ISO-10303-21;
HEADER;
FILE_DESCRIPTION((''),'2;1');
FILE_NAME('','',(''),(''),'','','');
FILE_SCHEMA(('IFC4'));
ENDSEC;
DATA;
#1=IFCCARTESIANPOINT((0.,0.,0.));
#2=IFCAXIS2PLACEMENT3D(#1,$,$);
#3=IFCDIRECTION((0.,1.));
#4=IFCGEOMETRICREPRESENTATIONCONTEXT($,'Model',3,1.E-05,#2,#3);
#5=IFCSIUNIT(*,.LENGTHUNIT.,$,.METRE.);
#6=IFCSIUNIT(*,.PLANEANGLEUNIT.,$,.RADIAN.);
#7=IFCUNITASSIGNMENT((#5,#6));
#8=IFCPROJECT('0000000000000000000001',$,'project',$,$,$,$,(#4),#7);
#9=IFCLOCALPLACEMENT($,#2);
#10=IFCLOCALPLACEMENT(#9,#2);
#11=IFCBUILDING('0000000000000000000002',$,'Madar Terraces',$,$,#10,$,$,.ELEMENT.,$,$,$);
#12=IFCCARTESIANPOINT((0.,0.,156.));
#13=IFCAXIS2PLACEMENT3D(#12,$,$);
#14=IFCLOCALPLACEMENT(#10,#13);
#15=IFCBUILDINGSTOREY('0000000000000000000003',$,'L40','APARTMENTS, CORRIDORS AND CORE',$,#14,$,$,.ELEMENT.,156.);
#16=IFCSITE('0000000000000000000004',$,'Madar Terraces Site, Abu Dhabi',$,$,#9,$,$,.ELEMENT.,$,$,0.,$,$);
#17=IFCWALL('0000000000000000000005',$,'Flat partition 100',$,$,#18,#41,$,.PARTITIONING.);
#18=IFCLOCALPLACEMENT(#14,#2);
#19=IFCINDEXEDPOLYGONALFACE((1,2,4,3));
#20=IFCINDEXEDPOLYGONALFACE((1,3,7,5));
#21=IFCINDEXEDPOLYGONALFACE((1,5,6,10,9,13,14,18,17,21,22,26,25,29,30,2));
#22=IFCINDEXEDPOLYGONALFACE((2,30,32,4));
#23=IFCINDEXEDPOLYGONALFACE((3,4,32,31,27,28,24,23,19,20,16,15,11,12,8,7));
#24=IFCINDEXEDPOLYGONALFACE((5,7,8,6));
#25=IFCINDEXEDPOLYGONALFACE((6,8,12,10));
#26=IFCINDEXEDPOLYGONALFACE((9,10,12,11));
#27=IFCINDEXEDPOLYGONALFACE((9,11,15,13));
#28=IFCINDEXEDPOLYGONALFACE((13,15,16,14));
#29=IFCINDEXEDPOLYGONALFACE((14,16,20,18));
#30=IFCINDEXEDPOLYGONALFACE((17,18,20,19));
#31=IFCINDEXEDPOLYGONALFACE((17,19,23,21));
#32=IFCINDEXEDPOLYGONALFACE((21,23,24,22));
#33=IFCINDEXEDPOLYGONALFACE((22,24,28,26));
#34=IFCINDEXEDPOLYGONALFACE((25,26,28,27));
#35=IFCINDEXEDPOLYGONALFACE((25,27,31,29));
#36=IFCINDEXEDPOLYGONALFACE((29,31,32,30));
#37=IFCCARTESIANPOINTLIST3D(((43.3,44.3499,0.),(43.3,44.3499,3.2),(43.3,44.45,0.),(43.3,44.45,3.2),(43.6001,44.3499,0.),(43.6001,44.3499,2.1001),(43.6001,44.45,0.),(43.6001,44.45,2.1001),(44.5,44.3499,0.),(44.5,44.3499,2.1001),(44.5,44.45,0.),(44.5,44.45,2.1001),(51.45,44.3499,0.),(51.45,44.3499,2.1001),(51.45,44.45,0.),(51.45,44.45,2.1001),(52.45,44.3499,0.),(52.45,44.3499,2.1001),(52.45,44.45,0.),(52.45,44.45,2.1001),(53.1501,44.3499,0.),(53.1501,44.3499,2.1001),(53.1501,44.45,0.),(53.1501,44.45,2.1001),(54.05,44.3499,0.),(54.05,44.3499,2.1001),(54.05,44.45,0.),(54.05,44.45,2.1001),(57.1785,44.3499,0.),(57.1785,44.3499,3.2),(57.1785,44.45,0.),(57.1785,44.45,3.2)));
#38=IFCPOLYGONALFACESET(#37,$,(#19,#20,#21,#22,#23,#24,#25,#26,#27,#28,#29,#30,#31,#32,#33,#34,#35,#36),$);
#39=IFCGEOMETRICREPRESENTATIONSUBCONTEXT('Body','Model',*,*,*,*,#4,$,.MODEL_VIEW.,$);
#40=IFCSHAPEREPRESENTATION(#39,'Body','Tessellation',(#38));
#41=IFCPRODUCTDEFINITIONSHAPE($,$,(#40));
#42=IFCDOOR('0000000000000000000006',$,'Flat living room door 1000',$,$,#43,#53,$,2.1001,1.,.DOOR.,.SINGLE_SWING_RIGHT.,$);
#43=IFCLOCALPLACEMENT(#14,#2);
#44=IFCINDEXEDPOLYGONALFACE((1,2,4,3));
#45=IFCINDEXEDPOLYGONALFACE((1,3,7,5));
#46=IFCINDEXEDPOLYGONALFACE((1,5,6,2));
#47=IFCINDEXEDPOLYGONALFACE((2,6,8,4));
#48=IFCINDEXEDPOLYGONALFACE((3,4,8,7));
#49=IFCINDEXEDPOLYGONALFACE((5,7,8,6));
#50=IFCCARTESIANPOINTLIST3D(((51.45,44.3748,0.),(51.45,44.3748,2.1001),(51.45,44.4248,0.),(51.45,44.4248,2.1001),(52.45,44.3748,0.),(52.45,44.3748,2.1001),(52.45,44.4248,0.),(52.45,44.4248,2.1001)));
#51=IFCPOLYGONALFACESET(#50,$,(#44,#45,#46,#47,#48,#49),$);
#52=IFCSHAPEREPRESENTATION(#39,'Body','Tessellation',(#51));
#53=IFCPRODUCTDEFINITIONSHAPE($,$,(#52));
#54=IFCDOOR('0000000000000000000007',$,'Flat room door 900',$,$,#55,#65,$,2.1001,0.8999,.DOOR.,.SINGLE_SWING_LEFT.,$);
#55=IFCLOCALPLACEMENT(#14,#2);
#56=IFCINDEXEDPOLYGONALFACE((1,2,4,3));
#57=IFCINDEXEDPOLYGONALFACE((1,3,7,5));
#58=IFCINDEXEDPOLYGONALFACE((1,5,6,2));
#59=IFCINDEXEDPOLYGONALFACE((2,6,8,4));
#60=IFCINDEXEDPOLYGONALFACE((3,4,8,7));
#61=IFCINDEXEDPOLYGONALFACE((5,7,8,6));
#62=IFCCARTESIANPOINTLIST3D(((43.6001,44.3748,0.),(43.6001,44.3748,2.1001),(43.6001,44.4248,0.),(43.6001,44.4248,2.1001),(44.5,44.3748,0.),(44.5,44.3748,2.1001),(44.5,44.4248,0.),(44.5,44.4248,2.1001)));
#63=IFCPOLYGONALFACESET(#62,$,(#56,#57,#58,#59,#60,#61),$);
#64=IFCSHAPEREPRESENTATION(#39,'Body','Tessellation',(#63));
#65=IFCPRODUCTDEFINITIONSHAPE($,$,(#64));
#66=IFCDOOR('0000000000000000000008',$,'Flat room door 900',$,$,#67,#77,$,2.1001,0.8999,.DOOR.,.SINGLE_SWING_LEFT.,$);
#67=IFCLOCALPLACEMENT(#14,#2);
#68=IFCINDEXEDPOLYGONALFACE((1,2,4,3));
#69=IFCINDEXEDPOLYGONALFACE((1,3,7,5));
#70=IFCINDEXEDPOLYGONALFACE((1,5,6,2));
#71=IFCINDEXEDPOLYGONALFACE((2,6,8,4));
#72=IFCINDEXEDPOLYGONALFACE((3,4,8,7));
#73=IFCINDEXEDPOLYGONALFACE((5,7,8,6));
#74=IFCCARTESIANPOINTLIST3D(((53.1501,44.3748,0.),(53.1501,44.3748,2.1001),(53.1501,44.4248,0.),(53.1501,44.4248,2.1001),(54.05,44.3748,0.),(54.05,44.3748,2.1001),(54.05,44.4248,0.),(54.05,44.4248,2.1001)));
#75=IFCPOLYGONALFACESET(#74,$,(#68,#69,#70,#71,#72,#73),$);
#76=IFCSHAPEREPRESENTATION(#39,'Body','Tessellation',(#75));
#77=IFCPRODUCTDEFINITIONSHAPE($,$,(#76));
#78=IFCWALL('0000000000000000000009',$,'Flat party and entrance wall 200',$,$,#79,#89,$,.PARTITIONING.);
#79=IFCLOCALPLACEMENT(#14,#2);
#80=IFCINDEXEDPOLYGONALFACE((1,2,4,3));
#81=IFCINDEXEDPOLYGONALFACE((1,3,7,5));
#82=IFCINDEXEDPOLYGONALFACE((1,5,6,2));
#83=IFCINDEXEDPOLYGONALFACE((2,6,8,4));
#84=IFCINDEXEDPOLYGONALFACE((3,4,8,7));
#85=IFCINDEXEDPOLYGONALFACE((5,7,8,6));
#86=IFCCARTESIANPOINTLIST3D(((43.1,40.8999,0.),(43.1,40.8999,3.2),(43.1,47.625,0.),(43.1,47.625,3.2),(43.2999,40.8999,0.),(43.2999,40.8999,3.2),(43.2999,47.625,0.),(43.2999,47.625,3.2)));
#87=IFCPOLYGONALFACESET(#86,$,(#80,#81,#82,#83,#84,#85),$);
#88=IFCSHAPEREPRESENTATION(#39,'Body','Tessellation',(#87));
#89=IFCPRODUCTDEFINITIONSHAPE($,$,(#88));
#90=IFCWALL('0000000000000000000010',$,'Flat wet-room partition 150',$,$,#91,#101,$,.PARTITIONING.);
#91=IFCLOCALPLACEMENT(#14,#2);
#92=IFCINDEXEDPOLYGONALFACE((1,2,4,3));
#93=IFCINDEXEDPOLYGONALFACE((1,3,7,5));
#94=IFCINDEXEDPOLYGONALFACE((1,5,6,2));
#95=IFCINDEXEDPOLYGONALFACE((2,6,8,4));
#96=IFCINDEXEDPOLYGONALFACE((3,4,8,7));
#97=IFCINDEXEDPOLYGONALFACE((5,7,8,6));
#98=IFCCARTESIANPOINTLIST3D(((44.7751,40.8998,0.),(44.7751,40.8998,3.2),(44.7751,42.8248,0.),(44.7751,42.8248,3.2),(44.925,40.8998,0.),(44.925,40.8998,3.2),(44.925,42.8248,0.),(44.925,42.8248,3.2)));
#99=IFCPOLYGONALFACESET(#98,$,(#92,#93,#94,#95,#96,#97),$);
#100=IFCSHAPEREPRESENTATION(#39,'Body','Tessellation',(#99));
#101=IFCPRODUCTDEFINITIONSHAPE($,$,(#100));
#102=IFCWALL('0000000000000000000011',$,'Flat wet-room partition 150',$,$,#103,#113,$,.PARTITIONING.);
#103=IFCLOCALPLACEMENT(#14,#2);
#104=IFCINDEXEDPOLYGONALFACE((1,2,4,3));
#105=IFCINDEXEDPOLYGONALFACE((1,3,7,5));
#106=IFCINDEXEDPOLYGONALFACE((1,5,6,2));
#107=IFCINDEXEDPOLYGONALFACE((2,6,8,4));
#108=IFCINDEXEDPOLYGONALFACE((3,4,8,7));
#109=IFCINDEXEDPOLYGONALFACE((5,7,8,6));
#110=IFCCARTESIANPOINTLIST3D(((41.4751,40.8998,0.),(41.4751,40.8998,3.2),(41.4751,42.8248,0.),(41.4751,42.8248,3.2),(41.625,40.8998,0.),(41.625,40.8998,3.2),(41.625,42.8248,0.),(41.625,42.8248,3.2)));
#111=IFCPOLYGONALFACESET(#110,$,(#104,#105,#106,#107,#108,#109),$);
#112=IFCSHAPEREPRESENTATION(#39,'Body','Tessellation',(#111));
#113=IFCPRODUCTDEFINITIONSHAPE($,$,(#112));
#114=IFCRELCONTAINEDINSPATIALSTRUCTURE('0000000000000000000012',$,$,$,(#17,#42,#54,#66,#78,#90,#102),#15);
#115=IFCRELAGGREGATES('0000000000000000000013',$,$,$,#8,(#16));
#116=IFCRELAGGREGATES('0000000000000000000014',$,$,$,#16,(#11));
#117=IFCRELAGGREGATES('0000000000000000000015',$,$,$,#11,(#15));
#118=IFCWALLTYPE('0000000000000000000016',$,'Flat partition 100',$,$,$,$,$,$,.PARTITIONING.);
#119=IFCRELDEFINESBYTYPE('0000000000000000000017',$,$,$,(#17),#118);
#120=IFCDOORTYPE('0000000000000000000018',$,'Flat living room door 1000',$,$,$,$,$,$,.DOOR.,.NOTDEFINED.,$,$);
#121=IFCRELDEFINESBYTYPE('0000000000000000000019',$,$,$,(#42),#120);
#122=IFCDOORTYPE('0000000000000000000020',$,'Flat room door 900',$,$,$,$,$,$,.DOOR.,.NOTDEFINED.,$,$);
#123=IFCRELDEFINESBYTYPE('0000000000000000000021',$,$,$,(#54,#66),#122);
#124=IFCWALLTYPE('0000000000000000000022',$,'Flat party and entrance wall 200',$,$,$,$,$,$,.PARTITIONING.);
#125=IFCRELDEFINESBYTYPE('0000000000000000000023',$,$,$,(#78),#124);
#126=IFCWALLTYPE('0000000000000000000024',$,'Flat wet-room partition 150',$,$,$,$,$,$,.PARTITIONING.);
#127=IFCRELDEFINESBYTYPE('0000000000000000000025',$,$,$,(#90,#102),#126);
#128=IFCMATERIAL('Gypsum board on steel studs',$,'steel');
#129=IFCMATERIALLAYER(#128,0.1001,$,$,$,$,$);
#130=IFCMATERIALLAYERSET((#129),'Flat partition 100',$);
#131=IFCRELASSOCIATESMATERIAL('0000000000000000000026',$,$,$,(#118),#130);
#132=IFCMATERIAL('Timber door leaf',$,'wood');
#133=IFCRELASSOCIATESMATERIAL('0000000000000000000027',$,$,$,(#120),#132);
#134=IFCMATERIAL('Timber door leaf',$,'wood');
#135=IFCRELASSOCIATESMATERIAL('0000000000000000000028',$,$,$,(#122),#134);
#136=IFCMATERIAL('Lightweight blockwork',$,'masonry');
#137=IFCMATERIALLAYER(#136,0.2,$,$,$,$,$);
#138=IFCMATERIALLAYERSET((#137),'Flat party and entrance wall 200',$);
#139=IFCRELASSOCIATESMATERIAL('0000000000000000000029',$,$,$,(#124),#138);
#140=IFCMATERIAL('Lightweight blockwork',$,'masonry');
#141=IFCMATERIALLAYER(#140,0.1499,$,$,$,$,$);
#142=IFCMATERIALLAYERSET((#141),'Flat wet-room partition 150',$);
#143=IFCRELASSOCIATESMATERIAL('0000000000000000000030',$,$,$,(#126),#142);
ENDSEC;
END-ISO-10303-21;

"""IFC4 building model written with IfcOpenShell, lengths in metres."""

from ifc_helpers import new_model, si_unit, direction, frame, frame_2d, origin, place, context, subcontext, project, spatial, rectangle, extrude, material, layer, layer_set, type_object, element, fill, save


model = new_model("IFC4")

# Units and contexts
model_context = context("Model", 3, precision=1e-05, world=origin(), true_north=direction((0.0, 1.0)))
body_context = subcontext(model_context, "Body", "Model", "MODEL_VIEW")
ifc_project = project(units=[si_unit("LENGTHUNIT", "METRE"), si_unit("PLANEANGLEUNIT", "RADIAN")], contexts=[model_context])

# Site, building, storey
site_placement = place(None, origin())
site = spatial("IfcSite", under=ifc_project, at=site_placement, Name="Madar Terraces Site, Abu Dhabi", CompositionType="ELEMENT", RefElevation=0.0)
building_placement = place(site_placement, origin())
building = spatial("IfcBuilding", under=site, at=building_placement, Name="Madar Terraces", CompositionType="ELEMENT")
storey_placement = place(building_placement, frame((0.0, 0.0, 156.0)))
storey = spatial("IfcBuildingStorey", under=building, at=storey_placement, Name="L40", Description="APARTMENTS, CORRIDORS AND CORE", CompositionType="ELEMENT", Elevation=156.0)

# Wall, openings, doors
ifc_material_1 = material(Name="Gypsum board on steel studs", Category="steel")
ifc_layer_1 = layer(ifc_material_1, 0.1001)
ifc_layer_set_1 = layer_set([ifc_layer_1], Name="Flat partition 100")
wall_type_1 = type_object("IfcWallType", Name="Flat partition 100", PredefinedType="PARTITIONING", material=ifc_layer_set_1)
wall_1_placement = place(storey_placement, frame((43.3, 44.3999, 0.0), z_axis=(0.0, 0.0, 1.0), x_axis=(1.0, 0.0, 0.0)))
wall_1 = element("IfcWall", 1, at=wall_1_placement, inside=storey, type_object=wall_type_1, Name="Flat partition 100", PredefinedType="PARTITIONING", context=body_context, shape_type="SweptSolid", body=[
    extrude(rectangle(XDim=13.8784, YDim=0.1001, at=frame_2d((6.9392, 0.0))), origin(), (0.0, 0.0, 1.0), 3.2),
])
opening_1_placement = place(wall_1_placement, frame((0.3, 0.0, 0.0)))
opening_1 = element("IfcOpeningElement", 2, at=opening_1_placement, cuts=wall_1, PredefinedType="OPENING", context=body_context, shape_type="SweptSolid", body=[
    extrude(rectangle(XDim=0.8999, YDim=2.1001, at=frame_2d((0.45, 1.05))), frame((0.0, 0.0601, 0.0), z_axis=(0.0, -1.0, 0.0), x_axis=(1.0, 0.0, 0.0)), (0.0, 0.0, 1.0), 0.1201),
])
opening_2_placement = place(wall_1_placement, frame((8.1499, 0.0, 0.0)))
opening_2 = element("IfcOpeningElement", 3, at=opening_2_placement, cuts=wall_1, PredefinedType="OPENING", context=body_context, shape_type="SweptSolid", body=[
    extrude(rectangle(XDim=1.0, YDim=2.1001, at=frame_2d((0.5, 1.05))), frame((0.0, 0.0601, 0.0), z_axis=(0.0, -1.0, 0.0), x_axis=(1.0, 0.0, 0.0)), (0.0, 0.0, 1.0), 0.1201),
])
opening_3_placement = place(wall_1_placement, frame((9.8501, 0.0, 0.0)))
opening_3 = element("IfcOpeningElement", 4, at=opening_3_placement, cuts=wall_1, PredefinedType="OPENING", context=body_context, shape_type="SweptSolid", body=[
    extrude(rectangle(XDim=0.8999, YDim=2.1001, at=frame_2d((0.45, 1.05))), frame((0.0, 0.0601, 0.0), z_axis=(0.0, -1.0, 0.0), x_axis=(1.0, 0.0, 0.0)), (0.0, 0.0, 1.0), 0.1201),
])
ifc_material_2 = material(Name="Timber door leaf", Category="wood")
door_type_1 = type_object("IfcDoorType", Name="Flat living room door 1000", OperationType="NOTDEFINED", PredefinedType="DOOR", material=ifc_material_2)
door_1_placement = place(opening_2_placement, origin())
door_1 = element("IfcDoor", 5, at=door_1_placement, inside=storey, type_object=door_type_1, Name="Flat living room door 1000", OperationType="SINGLE_SWING_RIGHT", OverallHeight=2.1001, OverallWidth=1.0, PredefinedType="DOOR", context=body_context, shape_type="SweptSolid", body=[
    extrude(rectangle(XDim=1.0, YDim=2.1001, at=frame_2d((0.5, 1.05))), frame((0.0, 0.0249, 0.0), z_axis=(0.0, -1.0, 0.0), x_axis=(1.0, 0.0, 0.0)), (0.0, 0.0, 1.0), 0.05),
])
fill(opening_2, door_1)
ifc_material_3 = material(Name="Timber door leaf", Category="wood")
door_type_2 = type_object("IfcDoorType", Name="Flat room door 900", OperationType="NOTDEFINED", PredefinedType="DOOR", material=ifc_material_3)
door_2_placement = place(opening_1_placement, origin())
door_2 = element("IfcDoor", 6, at=door_2_placement, inside=storey, type_object=door_type_2, Name="Flat room door 900", OperationType="SINGLE_SWING_LEFT", OverallHeight=2.1001, OverallWidth=0.8999, PredefinedType="DOOR", context=body_context, shape_type="SweptSolid", body=[
    extrude(rectangle(XDim=0.8999, YDim=2.1001, at=frame_2d((0.45, 1.05))), frame((0.0, 0.0249, 0.0), z_axis=(0.0, -1.0, 0.0), x_axis=(1.0, 0.0, 0.0)), (0.0, 0.0, 1.0), 0.05),
])
fill(opening_1, door_2)
door_3_placement = place(opening_3_placement, origin())
door_3 = element("IfcDoor", 7, at=door_3_placement, inside=storey, type_object=door_type_2, Name="Flat room door 900", OperationType="SINGLE_SWING_LEFT", OverallHeight=2.1001, OverallWidth=0.8999, PredefinedType="DOOR", context=body_context, shape_type="SweptSolid", body=[
    extrude(rectangle(XDim=0.8999, YDim=2.1001, at=frame_2d((0.45, 1.05))), frame((0.0, 0.0249, 0.0), z_axis=(0.0, -1.0, 0.0), x_axis=(1.0, 0.0, 0.0)), (0.0, 0.0, 1.0), 0.05),
])
fill(opening_3, door_3)

# Walls
ifc_material_4 = material(Name="Lightweight blockwork", Category="masonry")
ifc_layer_2 = layer(ifc_material_4, 0.2)
ifc_layer_set_2 = layer_set([ifc_layer_2], Name="Flat party and entrance wall 200")
wall_type_2 = type_object("IfcWallType", Name="Flat party and entrance wall 200", PredefinedType="PARTITIONING", material=ifc_layer_set_2)
wall_2_placement = place(storey_placement, frame((43.2, 47.625, 0.0), z_axis=(0.0, 0.0, 1.0), x_axis=(0.0, -1.0, 0.0)))
element("IfcWall", 8, at=wall_2_placement, inside=storey, type_object=wall_type_2, Name="Flat party and entrance wall 200", PredefinedType="PARTITIONING", context=body_context, shape_type="SweptSolid", body=[
    extrude(rectangle(XDim=6.7251, YDim=0.2, at=frame_2d((3.3625, 0.0))), origin(), (0.0, 0.0, 1.0), 3.2),
])
ifc_material_5 = material(Name="Lightweight blockwork", Category="masonry")
ifc_layer_3 = layer(ifc_material_5, 0.1499)
ifc_layer_set_3 = layer_set([ifc_layer_3], Name="Flat wet-room partition 150")
wall_type_3 = type_object("IfcWallType", Name="Flat wet-room partition 150", PredefinedType="PARTITIONING", material=ifc_layer_set_3)
for number, where, z_axis, x_axis, name in (
    (9, (44.8501, 40.8999, 0.0), (0.0, 0.0, 1.0), (0.0, 1.0, 0.0), "Flat wet-room partition 150"),
    (10, (41.55, 40.8999, 0.0), (0.0, 0.0, 1.0), (0.0, 1.0, 0.0), "Flat wet-room partition 150"),
):
    element("IfcWall", number, at=place(storey_placement, frame(where, z_axis=z_axis, x_axis=x_axis)), inside=storey, type_object=wall_type_3, Name=name, PredefinedType="PARTITIONING", context=body_context, shape_type="SweptSolid", body=[
        extrude(rectangle(XDim=1.925, YDim=0.1499, at=frame_2d((0.9624, 0.0))), origin(), (0.0, 0.0, 1.0), 3.2),
    ])

save(model, "model.ifc")
